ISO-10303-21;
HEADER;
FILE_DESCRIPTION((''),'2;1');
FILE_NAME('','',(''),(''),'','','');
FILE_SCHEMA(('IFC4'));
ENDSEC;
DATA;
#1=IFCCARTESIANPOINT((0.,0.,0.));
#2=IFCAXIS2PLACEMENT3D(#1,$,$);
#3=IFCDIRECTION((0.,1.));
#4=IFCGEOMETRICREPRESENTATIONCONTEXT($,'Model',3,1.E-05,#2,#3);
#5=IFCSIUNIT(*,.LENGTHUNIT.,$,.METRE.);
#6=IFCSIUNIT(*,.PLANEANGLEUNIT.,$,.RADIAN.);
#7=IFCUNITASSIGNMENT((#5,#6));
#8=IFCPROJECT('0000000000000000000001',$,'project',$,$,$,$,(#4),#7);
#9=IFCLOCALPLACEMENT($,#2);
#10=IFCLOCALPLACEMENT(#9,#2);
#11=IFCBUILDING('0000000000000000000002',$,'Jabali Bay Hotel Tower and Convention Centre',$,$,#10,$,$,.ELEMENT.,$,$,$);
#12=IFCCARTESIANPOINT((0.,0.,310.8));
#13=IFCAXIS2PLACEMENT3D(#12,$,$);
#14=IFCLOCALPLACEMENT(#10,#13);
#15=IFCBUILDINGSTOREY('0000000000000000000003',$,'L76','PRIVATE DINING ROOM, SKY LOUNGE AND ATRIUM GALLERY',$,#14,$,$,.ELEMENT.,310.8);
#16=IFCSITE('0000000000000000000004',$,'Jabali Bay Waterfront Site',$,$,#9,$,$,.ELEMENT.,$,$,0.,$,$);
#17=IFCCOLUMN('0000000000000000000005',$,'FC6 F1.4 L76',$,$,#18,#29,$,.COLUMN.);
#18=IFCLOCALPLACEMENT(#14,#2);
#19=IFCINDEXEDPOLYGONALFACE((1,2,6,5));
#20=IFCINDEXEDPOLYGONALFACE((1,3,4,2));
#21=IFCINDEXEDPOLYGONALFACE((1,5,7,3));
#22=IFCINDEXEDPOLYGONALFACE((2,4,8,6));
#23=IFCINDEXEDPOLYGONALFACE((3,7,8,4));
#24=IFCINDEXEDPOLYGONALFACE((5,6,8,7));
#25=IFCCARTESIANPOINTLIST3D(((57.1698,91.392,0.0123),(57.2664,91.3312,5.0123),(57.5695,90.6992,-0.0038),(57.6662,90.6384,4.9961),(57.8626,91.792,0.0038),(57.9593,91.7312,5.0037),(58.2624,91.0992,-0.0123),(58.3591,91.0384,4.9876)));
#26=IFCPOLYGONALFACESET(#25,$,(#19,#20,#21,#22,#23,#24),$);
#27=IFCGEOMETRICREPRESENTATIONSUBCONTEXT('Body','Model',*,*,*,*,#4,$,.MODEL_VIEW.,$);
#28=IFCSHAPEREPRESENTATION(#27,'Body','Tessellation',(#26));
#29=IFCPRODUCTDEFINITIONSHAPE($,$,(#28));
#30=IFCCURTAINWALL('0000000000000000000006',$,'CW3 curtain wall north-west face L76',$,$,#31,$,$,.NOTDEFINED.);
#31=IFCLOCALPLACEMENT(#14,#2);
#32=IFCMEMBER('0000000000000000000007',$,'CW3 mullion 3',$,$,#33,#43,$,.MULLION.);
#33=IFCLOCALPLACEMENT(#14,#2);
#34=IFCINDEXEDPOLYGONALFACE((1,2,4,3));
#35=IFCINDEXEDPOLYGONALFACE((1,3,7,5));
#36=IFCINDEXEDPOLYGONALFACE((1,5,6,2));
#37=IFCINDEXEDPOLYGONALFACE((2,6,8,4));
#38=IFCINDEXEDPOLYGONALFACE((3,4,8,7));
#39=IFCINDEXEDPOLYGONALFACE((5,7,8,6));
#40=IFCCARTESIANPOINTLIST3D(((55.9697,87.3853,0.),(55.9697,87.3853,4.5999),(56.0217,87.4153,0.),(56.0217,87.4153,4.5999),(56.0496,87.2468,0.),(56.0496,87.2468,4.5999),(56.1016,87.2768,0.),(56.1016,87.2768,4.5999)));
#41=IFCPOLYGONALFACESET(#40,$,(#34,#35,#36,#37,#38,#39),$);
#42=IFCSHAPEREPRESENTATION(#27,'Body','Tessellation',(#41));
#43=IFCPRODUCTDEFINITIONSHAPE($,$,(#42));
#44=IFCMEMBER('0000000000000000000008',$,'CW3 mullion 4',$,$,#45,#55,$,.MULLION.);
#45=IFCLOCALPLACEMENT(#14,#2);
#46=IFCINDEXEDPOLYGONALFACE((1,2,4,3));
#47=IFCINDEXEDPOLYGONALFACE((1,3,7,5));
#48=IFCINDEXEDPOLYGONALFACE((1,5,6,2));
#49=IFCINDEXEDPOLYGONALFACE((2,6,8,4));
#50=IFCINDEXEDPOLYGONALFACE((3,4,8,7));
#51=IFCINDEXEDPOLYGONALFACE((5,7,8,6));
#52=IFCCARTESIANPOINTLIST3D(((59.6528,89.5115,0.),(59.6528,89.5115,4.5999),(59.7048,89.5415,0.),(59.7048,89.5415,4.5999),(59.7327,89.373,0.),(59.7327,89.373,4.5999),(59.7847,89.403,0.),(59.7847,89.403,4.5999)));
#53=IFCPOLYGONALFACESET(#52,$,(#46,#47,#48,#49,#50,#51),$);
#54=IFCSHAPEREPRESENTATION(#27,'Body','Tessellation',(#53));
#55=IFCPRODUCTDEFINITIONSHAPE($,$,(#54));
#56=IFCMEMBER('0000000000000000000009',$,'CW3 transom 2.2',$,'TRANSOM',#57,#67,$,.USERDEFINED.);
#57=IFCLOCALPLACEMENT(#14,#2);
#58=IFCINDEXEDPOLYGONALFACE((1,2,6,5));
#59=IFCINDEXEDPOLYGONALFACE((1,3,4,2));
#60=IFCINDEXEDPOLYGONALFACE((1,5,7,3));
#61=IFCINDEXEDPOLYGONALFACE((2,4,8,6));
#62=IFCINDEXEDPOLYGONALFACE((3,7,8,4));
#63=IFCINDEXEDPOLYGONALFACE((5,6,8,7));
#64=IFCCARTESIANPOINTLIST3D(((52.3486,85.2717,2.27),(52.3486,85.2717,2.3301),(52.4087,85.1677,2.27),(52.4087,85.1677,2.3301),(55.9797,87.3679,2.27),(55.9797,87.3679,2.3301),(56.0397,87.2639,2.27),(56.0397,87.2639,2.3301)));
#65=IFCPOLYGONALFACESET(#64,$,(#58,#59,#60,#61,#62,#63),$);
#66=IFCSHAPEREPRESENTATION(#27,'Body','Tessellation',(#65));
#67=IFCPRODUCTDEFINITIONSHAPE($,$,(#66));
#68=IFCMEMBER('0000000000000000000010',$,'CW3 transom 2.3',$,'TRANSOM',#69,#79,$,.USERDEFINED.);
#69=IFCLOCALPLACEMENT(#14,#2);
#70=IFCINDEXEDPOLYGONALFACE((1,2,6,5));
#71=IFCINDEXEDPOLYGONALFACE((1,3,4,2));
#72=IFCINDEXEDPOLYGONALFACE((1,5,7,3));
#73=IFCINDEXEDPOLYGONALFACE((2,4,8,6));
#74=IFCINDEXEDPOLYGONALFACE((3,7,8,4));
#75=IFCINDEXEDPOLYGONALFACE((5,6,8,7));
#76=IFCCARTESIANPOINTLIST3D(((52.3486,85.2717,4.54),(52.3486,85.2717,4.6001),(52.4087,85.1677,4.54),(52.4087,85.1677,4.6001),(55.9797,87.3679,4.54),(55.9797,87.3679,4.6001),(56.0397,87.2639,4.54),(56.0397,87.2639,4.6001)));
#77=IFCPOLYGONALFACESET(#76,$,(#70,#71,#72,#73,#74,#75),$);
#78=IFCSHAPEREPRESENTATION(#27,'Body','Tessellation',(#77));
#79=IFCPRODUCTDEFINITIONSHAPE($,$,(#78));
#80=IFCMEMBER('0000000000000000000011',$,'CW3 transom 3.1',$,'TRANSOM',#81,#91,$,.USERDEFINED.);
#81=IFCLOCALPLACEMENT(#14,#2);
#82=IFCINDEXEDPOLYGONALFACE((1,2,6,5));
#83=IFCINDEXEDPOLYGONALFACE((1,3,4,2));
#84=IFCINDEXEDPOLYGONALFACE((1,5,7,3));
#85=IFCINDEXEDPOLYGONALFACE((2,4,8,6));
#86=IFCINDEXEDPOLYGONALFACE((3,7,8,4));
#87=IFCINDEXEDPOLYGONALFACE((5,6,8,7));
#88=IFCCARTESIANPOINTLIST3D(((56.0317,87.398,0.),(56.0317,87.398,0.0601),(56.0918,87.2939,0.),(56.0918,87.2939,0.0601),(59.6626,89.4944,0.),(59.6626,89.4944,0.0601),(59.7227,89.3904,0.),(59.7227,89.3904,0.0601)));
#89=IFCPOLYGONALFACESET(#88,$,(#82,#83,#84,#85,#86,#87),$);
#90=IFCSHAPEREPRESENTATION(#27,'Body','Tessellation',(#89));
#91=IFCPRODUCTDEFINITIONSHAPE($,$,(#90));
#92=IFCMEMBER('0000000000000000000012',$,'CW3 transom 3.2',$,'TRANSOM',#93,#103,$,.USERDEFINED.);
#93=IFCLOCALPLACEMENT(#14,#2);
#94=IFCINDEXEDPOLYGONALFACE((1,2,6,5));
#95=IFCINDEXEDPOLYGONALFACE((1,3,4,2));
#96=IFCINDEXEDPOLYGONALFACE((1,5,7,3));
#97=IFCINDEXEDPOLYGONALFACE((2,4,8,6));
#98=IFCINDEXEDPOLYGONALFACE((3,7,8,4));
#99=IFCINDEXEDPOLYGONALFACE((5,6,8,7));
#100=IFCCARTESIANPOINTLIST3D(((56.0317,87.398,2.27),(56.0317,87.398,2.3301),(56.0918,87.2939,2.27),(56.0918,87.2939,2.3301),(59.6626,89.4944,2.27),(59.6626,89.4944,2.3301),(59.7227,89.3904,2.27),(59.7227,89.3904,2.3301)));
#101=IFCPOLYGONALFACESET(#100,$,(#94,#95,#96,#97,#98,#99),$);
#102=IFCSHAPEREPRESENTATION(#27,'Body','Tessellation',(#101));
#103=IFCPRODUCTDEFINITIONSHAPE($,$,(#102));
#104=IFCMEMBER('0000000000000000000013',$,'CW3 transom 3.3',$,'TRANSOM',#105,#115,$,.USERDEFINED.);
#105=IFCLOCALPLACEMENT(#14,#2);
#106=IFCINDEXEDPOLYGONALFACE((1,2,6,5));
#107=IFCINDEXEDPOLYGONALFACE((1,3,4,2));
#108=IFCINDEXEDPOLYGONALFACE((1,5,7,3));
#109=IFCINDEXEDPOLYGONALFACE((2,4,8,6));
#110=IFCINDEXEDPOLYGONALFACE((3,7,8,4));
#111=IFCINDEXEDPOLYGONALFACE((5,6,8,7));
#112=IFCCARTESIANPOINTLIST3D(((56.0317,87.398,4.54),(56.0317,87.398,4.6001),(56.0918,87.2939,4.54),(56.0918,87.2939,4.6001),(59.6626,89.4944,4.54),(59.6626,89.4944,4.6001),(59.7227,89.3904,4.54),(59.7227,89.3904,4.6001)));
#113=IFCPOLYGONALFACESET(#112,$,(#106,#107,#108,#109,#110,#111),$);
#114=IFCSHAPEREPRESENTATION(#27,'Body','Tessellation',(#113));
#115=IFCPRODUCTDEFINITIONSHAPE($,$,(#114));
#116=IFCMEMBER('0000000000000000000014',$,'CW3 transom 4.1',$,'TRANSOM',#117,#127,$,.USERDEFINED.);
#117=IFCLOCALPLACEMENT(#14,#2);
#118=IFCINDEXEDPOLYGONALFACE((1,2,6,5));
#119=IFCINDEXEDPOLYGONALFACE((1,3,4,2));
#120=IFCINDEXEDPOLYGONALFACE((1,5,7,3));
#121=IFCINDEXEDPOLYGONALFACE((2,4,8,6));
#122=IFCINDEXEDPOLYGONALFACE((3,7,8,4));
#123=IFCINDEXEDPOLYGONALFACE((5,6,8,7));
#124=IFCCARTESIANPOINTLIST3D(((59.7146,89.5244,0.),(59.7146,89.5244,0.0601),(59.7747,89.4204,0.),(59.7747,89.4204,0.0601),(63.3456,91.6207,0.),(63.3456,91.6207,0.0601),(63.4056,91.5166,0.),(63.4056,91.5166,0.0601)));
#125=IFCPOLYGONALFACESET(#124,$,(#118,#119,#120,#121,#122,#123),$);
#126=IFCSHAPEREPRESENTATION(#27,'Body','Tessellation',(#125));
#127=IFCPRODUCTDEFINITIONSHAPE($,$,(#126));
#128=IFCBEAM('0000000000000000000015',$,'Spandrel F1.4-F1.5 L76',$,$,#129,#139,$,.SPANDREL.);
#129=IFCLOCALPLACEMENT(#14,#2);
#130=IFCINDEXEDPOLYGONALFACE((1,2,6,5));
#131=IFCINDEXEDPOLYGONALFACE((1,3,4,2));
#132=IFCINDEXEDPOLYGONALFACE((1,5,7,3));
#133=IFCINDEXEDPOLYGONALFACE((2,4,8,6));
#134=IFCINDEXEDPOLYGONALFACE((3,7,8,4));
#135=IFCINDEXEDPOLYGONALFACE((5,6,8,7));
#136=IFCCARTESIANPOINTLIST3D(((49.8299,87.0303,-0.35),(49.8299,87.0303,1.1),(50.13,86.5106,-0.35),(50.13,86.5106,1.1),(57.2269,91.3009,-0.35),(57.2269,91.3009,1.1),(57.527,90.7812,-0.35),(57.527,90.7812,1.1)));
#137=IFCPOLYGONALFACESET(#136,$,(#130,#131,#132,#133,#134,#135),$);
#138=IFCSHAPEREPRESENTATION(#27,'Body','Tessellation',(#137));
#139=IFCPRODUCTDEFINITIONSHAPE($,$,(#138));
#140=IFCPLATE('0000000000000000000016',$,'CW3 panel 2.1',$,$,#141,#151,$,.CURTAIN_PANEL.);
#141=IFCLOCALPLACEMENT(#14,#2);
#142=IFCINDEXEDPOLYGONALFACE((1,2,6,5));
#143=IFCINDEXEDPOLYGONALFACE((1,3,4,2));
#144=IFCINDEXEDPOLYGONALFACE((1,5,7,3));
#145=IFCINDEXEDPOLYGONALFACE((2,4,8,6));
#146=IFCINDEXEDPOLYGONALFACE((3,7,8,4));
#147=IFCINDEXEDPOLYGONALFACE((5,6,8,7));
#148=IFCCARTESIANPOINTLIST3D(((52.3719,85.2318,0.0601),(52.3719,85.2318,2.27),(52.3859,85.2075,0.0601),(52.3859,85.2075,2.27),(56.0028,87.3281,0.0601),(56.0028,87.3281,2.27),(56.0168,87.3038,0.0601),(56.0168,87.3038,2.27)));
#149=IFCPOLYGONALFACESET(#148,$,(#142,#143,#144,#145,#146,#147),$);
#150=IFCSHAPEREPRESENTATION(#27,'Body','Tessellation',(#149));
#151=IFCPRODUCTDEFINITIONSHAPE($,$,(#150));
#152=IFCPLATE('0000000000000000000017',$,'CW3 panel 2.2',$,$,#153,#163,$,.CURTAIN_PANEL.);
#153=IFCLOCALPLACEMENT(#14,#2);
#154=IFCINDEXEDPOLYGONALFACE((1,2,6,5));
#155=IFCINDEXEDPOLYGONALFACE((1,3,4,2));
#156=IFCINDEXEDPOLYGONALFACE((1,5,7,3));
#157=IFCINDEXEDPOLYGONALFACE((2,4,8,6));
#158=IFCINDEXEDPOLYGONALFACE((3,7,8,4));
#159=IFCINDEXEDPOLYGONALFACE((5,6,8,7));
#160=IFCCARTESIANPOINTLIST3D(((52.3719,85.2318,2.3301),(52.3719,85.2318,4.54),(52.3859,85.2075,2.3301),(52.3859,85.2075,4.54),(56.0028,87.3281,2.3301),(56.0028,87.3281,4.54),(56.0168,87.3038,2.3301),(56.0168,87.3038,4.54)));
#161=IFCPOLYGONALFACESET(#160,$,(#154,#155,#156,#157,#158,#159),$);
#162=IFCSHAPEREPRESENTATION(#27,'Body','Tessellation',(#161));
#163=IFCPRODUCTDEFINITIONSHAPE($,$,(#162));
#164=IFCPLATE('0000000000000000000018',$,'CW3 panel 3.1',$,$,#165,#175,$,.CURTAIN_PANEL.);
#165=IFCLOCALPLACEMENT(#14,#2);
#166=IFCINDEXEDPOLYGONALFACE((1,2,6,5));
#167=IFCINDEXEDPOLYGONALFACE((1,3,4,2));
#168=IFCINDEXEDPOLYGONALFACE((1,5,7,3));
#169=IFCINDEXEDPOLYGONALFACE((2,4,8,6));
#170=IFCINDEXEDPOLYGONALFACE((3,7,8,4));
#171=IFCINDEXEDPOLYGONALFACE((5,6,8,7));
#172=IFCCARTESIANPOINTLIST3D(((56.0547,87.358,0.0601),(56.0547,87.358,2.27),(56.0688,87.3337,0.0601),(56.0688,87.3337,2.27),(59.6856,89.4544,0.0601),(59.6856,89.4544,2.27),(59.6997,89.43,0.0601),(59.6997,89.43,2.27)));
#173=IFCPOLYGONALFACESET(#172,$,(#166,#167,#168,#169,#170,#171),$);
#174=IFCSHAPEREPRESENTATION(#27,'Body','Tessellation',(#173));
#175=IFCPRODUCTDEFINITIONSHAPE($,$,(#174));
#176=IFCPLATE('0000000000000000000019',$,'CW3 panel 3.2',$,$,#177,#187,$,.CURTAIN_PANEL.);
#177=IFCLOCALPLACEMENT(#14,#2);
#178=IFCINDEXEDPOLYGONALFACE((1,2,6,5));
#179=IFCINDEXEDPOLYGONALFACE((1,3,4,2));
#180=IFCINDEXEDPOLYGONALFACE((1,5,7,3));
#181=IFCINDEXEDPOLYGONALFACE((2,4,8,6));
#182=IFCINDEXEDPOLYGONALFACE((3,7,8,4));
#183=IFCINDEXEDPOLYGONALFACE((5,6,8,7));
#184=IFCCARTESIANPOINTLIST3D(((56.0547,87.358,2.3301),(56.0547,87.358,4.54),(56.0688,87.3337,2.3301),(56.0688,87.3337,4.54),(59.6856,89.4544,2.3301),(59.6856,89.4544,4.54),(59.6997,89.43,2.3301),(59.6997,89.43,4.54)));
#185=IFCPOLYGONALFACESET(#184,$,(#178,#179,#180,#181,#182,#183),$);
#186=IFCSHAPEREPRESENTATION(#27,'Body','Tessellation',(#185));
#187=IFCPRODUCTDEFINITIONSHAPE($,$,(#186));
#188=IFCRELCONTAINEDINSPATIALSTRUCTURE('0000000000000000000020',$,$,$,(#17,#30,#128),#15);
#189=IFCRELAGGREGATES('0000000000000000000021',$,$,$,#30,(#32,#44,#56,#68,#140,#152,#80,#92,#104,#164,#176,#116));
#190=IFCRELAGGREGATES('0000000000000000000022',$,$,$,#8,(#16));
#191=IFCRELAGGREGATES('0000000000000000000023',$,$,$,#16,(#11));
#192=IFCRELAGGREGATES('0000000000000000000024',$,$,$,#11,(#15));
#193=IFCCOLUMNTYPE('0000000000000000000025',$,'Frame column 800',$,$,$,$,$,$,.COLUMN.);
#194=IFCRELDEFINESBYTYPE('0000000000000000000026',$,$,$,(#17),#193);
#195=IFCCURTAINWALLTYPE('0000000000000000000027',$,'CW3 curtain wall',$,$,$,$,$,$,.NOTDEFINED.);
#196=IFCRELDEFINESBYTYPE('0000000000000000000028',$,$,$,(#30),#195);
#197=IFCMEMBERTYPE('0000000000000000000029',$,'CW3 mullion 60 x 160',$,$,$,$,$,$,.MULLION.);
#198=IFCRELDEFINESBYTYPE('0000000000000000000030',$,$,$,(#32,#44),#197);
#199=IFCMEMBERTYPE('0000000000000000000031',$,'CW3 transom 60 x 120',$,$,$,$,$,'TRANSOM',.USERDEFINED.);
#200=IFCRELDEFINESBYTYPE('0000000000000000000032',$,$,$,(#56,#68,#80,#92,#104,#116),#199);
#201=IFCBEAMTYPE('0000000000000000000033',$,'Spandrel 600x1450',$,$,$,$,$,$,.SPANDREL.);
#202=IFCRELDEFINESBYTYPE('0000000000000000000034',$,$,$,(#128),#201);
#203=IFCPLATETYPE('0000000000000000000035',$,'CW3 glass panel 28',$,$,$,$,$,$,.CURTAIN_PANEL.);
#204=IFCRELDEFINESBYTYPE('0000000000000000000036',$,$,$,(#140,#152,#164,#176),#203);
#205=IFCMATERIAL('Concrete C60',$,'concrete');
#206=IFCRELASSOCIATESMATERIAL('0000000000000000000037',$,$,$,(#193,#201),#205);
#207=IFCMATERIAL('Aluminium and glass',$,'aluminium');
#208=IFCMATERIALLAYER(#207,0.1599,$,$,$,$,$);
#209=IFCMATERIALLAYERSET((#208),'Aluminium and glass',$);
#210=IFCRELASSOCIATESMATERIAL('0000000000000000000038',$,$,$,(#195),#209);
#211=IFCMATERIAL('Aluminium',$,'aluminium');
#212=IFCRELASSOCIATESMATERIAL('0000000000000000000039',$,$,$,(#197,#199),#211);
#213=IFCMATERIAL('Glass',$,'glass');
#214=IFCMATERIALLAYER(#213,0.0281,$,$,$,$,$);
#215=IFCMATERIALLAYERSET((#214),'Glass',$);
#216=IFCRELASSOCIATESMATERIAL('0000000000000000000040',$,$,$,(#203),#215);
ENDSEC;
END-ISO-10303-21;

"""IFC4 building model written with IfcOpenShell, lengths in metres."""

from ifc_helpers import new_model, si_unit, direction, frame, origin, origin_2d, place, context, subcontext, project, spatial, rectangle, extrude, material, layer, layer_set, material_profile, profile_set, type_object, element, aggregate, save


model = new_model("IFC4")

# Units and contexts
model_context = context("Model", 3, precision=1e-05, world=origin(), true_north=direction((0.0, 1.0)))
body_context = subcontext(model_context, "Body", "Model", "MODEL_VIEW")
ifc_project = project(units=[si_unit("LENGTHUNIT", "METRE"), si_unit("PLANEANGLEUNIT", "RADIAN")], contexts=[model_context])

# Site, building, storey
site_placement = place(None, origin())
site = spatial("IfcSite", under=ifc_project, at=site_placement, Name="Jabali Bay Waterfront Site", CompositionType="ELEMENT", RefElevation=0.0)
building_placement = place(site_placement, origin())
building = spatial("IfcBuilding", under=site, at=building_placement, Name="Jabali Bay Hotel Tower and Convention Centre", CompositionType="ELEMENT")
storey_placement = place(building_placement, frame((0.0, 0.0, 310.8)))
storey = spatial("IfcBuildingStorey", under=building, at=storey_placement, Name="L76", Description="PRIVATE DINING ROOM, SKY LOUNGE AND ATRIUM GALLERY", CompositionType="ELEMENT", Elevation=310.8)

# Column
ifc_material_1 = material(Name="Concrete C60", Category="concrete")
ifc_material_profile_1 = material_profile(ifc_material_1, rectangle(XDim=0.8, YDim=0.8, at=origin_2d()), Name="Frame column 800")
ifc_profile_set_1 = profile_set([ifc_material_profile_1], Name="Concrete C60")
column_type = type_object("IfcColumnType", Name="Frame column 800", PredefinedType="COLUMN", material=ifc_profile_set_1)
column_placement = place(storey_placement, frame((57.7161, 91.2456, 0.0), z_axis=(0.019331, -0.012155, 0.999739), x_axis=(-0.499711, 0.865957, 0.020191)))
element("IfcColumn", 1, at=column_placement, inside=storey, type_object=column_type, Name="FC6 F1.4 L76", PredefinedType="COLUMN", context=body_context, shape_type="SweptSolid", body=[
    extrude(rectangle(XDim=0.8, YDim=0.8, at=origin_2d()), origin(), (0.0, 0.0, 1.0), 5.0012),
])

# Curtain wall, members
ifc_material_2 = material(Name="Aluminium and glass", Category="aluminium")
ifc_layer_1 = layer(ifc_material_2, 0.1599)
ifc_layer_set_1 = layer_set([ifc_layer_1], Name="Aluminium and glass")
curtain_wall_type = type_object("IfcCurtainWallType", Name="CW3 curtain wall", PredefinedType="NOTDEFINED", material=ifc_layer_set_1)
curtain_wall_placement = place(storey_placement, origin())
curtain_wall = element("IfcCurtainWall", 2, at=curtain_wall_placement, inside=storey, type_object=curtain_wall_type, Name="CW3 curtain wall north-west face L76", PredefinedType="NOTDEFINED")
ifc_material_3 = material(Name="Aluminium", Category="aluminium")
ifc_material_profile_2 = material_profile(ifc_material_3, rectangle(XDim=0.1599, YDim=0.0601, at=origin_2d()), Name="CW3 mullion 60 x 160")
ifc_profile_set_2 = profile_set([ifc_material_profile_2], Name="Aluminium")
member_type_1 = type_object("IfcMemberType", Name="CW3 mullion 60 x 160", PredefinedType="MULLION", material=ifc_profile_set_2)
member_1_placement = place(storey_placement, frame((56.0356, 87.3311, 0.0), z_axis=(0.0, 0.0, 1.0), x_axis=(-0.5, 0.866025, 0.0)))
member_1 = element("IfcMember", 3, at=member_1_placement, type_object=member_type_1, Name="CW3 mullion 3", PredefinedType="MULLION", context=body_context, shape_type="SweptSolid", body=[
    extrude(rectangle(XDim=0.1599, YDim=0.0601, at=origin_2d()), origin(), (0.0, 0.0, 1.0), 4.5999),
])
member_2_placement = place(storey_placement, frame((59.7188, 89.4573, 0.0), z_axis=(0.0, 0.0, 1.0), x_axis=(-0.5, 0.866025, 0.0)))
member_2 = element("IfcMember", 4, at=member_2_placement, type_object=member_type_1, Name="CW3 mullion 4", PredefinedType="MULLION", context=body_context, shape_type="SweptSolid", body=[
    extrude(rectangle(XDim=0.1599, YDim=0.0601, at=origin_2d()), origin(), (0.0, 0.0, 1.0), 4.5999),
])
ifc_material_profile_3 = material_profile(ifc_material_3, rectangle(XDim=0.1201, YDim=0.0601, at=origin_2d()), Name="CW3 transom 60 x 120")
ifc_profile_set_3 = profile_set([ifc_material_profile_3], Name="Aluminium")
member_type_2 = type_object("IfcMemberType", Name="CW3 transom 60 x 120", ElementType="TRANSOM", PredefinedType="USERDEFINED", material=ifc_profile_set_3)
member_3_placement = place(storey_placement, frame((52.3787, 85.2197, 2.3), z_axis=(0.866049, 0.499959, 0.0), x_axis=(-0.499959, 0.866049, 0.0)))
member_3 = element("IfcMember", 5, at=member_3_placement, type_object=member_type_2, Name="CW3 transom 2.2", ObjectType="TRANSOM", PredefinedType="USERDEFINED", context=body_context, shape_type="SweptSolid", body=[
    extrude(rectangle(XDim=0.1201, YDim=0.0601, at=origin_2d()), origin(), (0.0, 0.0, 1.0), 4.1926),
])
member_4_placement = place(storey_placement, frame((52.3787, 85.2197, 4.5701), z_axis=(0.866049, 0.499959, 0.0), x_axis=(-0.499959, 0.866049, 0.0)))
member_4 = element("IfcMember", 6, at=member_4_placement, type_object=member_type_2, Name="CW3 transom 2.3", ObjectType="TRANSOM", PredefinedType="USERDEFINED", context=body_context, shape_type="SweptSolid", body=[
    extrude(rectangle(XDim=0.1201, YDim=0.0601, at=origin_2d()), origin(), (0.0, 0.0, 1.0), 4.1926),
])
member_5_placement = place(storey_placement, frame((56.0618, 87.3459, 0.03), z_axis=(0.866009, 0.500028, 0.0), x_axis=(-0.500028, 0.866009, 0.0)))
member_5 = element("IfcMember", 7, at=member_5_placement, type_object=member_type_2, Name="CW3 transom 3.1", ObjectType="TRANSOM", PredefinedType="USERDEFINED", context=body_context, shape_type="SweptSolid", body=[
    extrude(rectangle(XDim=0.1201, YDim=0.0601, at=origin_2d()), origin(), (0.0, 0.0, 1.0), 4.1926),
])
member_6_placement = place(storey_placement, frame((56.0618, 87.3459, 2.3), z_axis=(0.866009, 0.500028, 0.0), x_axis=(-0.500028, 0.866009, 0.0)))
member_6 = element("IfcMember", 8, at=member_6_placement, type_object=member_type_2, Name="CW3 transom 3.2", ObjectType="TRANSOM", PredefinedType="USERDEFINED", context=body_context, shape_type="SweptSolid", body=[
    extrude(rectangle(XDim=0.1201, YDim=0.0601, at=origin_2d()), origin(), (0.0, 0.0, 1.0), 4.1926),
])
member_7_placement = place(storey_placement, frame((56.0618, 87.3459, 4.5701), z_axis=(0.866009, 0.500028, 0.0), x_axis=(-0.500028, 0.866009, 0.0)))
member_7 = element("IfcMember", 9, at=member_7_placement, type_object=member_type_2, Name="CW3 transom 3.3", ObjectType="TRANSOM", PredefinedType="USERDEFINED", context=body_context, shape_type="SweptSolid", body=[
    extrude(rectangle(XDim=0.1201, YDim=0.0601, at=origin_2d()), origin(), (0.0, 0.0, 1.0), 4.1926),
])
member_8_placement = place(storey_placement, frame((59.7446, 89.4724, 0.03), z_axis=(0.866034, 0.499985, 0.0), x_axis=(-0.499985, 0.866034, 0.0)))
member_8 = element("IfcMember", 10, at=member_8_placement, type_object=member_type_2, Name="CW3 transom 4.1", ObjectType="TRANSOM", PredefinedType="USERDEFINED", context=body_context, shape_type="SweptSolid", body=[
    extrude(rectangle(XDim=0.1201, YDim=0.0601, at=origin_2d()), origin(), (0.0, 0.0, 1.0), 4.1926),
])

# Beam
ifc_material_profile_4 = material_profile(ifc_material_1, rectangle(XDim=0.6001, YDim=1.45, at=origin_2d()), Name="Spandrel 600x1450")
ifc_profile_set_4 = profile_set([ifc_material_profile_4], Name="Concrete C60")
beam_type = type_object("IfcBeamType", Name="Spandrel 600x1450", PredefinedType="SPANDREL", material=ifc_profile_set_4)
beam_placement = place(storey_placement, frame((57.377, 91.041, 0.375), z_axis=(-0.866032, -0.499988, 0.0), x_axis=(0.499988, -0.866032, 0.0)))
element("IfcBeam", 11, at=beam_placement, inside=storey, type_object=beam_type, Name="Spandrel F1.4-F1.5 L76", PredefinedType="SPANDREL", context=body_context, shape_type="SweptSolid", body=[
    extrude(rectangle(XDim=0.6001, YDim=1.45, at=origin_2d()), origin(), (0.0, 0.0, 1.0), 8.5413),
])

# Plates
ifc_material_4 = material(Name="Glass", Category="glass")
ifc_layer_2 = layer(ifc_material_4, 0.0281)
ifc_layer_set_2 = layer_set([ifc_layer_2], Name="Glass")
plate_type = type_object("IfcPlateType", Name="CW3 glass panel 28", PredefinedType="CURTAIN_PANEL", material=ifc_layer_set_2)
plate_1_placement = place(storey_placement, frame((54.1943, 86.2678, 0.0601), z_axis=(0.0, 0.0, 1.0), x_axis=(0.866025, 0.5, 0.0)))
plate_1 = element("IfcPlate", 12, at=plate_1_placement, type_object=plate_type, Name="CW3 panel 2.1", PredefinedType="CURTAIN_PANEL", context=body_context, shape_type="SweptSolid", body=[
    extrude(rectangle(XDim=4.1926, YDim=0.0281, at=origin_2d()), origin(), (0.0, 0.0, 1.0), 2.21),
])
plate_2_placement = place(storey_placement, frame((54.1943, 86.2678, 2.3301), z_axis=(0.0, 0.0, 1.0), x_axis=(0.866025, 0.5, 0.0)))
plate_2 = element("IfcPlate", 13, at=plate_2_placement, type_object=plate_type, Name="CW3 panel 2.2", PredefinedType="CURTAIN_PANEL", context=body_context, shape_type="SweptSolid", body=[
    extrude(rectangle(XDim=4.1926, YDim=0.0281, at=origin_2d()), origin(), (0.0, 0.0, 1.0), 2.21),
])
plate_3_placement = place(storey_placement, frame((57.8772, 88.394, 0.0601), z_axis=(0.0, 0.0, 1.0), x_axis=(0.866025, 0.5, 0.0)))
plate_3 = element("IfcPlate", 14, at=plate_3_placement, type_object=plate_type, Name="CW3 panel 3.1", PredefinedType="CURTAIN_PANEL", context=body_context, shape_type="SweptSolid", body=[
    extrude(rectangle(XDim=4.1926, YDim=0.0281, at=origin_2d()), origin(), (0.0, 0.0, 1.0), 2.21),
])
plate_4_placement = place(storey_placement, frame((57.8772, 88.394, 2.3301), z_axis=(0.0, 0.0, 1.0), x_axis=(0.866025, 0.5, 0.0)))
plate_4 = element("IfcPlate", 15, at=plate_4_placement, type_object=plate_type, Name="CW3 panel 3.2", PredefinedType="CURTAIN_PANEL", context=body_context, shape_type="SweptSolid", body=[
    extrude(rectangle(XDim=4.1926, YDim=0.0281, at=origin_2d()), origin(), (0.0, 0.0, 1.0), 2.21),
])
aggregate(curtain_wall, [member_1, member_2, member_3, member_4, plate_1, plate_2, member_5, member_6, member_7, plate_3, plate_4, member_8])

save(model, "model.ifc")
